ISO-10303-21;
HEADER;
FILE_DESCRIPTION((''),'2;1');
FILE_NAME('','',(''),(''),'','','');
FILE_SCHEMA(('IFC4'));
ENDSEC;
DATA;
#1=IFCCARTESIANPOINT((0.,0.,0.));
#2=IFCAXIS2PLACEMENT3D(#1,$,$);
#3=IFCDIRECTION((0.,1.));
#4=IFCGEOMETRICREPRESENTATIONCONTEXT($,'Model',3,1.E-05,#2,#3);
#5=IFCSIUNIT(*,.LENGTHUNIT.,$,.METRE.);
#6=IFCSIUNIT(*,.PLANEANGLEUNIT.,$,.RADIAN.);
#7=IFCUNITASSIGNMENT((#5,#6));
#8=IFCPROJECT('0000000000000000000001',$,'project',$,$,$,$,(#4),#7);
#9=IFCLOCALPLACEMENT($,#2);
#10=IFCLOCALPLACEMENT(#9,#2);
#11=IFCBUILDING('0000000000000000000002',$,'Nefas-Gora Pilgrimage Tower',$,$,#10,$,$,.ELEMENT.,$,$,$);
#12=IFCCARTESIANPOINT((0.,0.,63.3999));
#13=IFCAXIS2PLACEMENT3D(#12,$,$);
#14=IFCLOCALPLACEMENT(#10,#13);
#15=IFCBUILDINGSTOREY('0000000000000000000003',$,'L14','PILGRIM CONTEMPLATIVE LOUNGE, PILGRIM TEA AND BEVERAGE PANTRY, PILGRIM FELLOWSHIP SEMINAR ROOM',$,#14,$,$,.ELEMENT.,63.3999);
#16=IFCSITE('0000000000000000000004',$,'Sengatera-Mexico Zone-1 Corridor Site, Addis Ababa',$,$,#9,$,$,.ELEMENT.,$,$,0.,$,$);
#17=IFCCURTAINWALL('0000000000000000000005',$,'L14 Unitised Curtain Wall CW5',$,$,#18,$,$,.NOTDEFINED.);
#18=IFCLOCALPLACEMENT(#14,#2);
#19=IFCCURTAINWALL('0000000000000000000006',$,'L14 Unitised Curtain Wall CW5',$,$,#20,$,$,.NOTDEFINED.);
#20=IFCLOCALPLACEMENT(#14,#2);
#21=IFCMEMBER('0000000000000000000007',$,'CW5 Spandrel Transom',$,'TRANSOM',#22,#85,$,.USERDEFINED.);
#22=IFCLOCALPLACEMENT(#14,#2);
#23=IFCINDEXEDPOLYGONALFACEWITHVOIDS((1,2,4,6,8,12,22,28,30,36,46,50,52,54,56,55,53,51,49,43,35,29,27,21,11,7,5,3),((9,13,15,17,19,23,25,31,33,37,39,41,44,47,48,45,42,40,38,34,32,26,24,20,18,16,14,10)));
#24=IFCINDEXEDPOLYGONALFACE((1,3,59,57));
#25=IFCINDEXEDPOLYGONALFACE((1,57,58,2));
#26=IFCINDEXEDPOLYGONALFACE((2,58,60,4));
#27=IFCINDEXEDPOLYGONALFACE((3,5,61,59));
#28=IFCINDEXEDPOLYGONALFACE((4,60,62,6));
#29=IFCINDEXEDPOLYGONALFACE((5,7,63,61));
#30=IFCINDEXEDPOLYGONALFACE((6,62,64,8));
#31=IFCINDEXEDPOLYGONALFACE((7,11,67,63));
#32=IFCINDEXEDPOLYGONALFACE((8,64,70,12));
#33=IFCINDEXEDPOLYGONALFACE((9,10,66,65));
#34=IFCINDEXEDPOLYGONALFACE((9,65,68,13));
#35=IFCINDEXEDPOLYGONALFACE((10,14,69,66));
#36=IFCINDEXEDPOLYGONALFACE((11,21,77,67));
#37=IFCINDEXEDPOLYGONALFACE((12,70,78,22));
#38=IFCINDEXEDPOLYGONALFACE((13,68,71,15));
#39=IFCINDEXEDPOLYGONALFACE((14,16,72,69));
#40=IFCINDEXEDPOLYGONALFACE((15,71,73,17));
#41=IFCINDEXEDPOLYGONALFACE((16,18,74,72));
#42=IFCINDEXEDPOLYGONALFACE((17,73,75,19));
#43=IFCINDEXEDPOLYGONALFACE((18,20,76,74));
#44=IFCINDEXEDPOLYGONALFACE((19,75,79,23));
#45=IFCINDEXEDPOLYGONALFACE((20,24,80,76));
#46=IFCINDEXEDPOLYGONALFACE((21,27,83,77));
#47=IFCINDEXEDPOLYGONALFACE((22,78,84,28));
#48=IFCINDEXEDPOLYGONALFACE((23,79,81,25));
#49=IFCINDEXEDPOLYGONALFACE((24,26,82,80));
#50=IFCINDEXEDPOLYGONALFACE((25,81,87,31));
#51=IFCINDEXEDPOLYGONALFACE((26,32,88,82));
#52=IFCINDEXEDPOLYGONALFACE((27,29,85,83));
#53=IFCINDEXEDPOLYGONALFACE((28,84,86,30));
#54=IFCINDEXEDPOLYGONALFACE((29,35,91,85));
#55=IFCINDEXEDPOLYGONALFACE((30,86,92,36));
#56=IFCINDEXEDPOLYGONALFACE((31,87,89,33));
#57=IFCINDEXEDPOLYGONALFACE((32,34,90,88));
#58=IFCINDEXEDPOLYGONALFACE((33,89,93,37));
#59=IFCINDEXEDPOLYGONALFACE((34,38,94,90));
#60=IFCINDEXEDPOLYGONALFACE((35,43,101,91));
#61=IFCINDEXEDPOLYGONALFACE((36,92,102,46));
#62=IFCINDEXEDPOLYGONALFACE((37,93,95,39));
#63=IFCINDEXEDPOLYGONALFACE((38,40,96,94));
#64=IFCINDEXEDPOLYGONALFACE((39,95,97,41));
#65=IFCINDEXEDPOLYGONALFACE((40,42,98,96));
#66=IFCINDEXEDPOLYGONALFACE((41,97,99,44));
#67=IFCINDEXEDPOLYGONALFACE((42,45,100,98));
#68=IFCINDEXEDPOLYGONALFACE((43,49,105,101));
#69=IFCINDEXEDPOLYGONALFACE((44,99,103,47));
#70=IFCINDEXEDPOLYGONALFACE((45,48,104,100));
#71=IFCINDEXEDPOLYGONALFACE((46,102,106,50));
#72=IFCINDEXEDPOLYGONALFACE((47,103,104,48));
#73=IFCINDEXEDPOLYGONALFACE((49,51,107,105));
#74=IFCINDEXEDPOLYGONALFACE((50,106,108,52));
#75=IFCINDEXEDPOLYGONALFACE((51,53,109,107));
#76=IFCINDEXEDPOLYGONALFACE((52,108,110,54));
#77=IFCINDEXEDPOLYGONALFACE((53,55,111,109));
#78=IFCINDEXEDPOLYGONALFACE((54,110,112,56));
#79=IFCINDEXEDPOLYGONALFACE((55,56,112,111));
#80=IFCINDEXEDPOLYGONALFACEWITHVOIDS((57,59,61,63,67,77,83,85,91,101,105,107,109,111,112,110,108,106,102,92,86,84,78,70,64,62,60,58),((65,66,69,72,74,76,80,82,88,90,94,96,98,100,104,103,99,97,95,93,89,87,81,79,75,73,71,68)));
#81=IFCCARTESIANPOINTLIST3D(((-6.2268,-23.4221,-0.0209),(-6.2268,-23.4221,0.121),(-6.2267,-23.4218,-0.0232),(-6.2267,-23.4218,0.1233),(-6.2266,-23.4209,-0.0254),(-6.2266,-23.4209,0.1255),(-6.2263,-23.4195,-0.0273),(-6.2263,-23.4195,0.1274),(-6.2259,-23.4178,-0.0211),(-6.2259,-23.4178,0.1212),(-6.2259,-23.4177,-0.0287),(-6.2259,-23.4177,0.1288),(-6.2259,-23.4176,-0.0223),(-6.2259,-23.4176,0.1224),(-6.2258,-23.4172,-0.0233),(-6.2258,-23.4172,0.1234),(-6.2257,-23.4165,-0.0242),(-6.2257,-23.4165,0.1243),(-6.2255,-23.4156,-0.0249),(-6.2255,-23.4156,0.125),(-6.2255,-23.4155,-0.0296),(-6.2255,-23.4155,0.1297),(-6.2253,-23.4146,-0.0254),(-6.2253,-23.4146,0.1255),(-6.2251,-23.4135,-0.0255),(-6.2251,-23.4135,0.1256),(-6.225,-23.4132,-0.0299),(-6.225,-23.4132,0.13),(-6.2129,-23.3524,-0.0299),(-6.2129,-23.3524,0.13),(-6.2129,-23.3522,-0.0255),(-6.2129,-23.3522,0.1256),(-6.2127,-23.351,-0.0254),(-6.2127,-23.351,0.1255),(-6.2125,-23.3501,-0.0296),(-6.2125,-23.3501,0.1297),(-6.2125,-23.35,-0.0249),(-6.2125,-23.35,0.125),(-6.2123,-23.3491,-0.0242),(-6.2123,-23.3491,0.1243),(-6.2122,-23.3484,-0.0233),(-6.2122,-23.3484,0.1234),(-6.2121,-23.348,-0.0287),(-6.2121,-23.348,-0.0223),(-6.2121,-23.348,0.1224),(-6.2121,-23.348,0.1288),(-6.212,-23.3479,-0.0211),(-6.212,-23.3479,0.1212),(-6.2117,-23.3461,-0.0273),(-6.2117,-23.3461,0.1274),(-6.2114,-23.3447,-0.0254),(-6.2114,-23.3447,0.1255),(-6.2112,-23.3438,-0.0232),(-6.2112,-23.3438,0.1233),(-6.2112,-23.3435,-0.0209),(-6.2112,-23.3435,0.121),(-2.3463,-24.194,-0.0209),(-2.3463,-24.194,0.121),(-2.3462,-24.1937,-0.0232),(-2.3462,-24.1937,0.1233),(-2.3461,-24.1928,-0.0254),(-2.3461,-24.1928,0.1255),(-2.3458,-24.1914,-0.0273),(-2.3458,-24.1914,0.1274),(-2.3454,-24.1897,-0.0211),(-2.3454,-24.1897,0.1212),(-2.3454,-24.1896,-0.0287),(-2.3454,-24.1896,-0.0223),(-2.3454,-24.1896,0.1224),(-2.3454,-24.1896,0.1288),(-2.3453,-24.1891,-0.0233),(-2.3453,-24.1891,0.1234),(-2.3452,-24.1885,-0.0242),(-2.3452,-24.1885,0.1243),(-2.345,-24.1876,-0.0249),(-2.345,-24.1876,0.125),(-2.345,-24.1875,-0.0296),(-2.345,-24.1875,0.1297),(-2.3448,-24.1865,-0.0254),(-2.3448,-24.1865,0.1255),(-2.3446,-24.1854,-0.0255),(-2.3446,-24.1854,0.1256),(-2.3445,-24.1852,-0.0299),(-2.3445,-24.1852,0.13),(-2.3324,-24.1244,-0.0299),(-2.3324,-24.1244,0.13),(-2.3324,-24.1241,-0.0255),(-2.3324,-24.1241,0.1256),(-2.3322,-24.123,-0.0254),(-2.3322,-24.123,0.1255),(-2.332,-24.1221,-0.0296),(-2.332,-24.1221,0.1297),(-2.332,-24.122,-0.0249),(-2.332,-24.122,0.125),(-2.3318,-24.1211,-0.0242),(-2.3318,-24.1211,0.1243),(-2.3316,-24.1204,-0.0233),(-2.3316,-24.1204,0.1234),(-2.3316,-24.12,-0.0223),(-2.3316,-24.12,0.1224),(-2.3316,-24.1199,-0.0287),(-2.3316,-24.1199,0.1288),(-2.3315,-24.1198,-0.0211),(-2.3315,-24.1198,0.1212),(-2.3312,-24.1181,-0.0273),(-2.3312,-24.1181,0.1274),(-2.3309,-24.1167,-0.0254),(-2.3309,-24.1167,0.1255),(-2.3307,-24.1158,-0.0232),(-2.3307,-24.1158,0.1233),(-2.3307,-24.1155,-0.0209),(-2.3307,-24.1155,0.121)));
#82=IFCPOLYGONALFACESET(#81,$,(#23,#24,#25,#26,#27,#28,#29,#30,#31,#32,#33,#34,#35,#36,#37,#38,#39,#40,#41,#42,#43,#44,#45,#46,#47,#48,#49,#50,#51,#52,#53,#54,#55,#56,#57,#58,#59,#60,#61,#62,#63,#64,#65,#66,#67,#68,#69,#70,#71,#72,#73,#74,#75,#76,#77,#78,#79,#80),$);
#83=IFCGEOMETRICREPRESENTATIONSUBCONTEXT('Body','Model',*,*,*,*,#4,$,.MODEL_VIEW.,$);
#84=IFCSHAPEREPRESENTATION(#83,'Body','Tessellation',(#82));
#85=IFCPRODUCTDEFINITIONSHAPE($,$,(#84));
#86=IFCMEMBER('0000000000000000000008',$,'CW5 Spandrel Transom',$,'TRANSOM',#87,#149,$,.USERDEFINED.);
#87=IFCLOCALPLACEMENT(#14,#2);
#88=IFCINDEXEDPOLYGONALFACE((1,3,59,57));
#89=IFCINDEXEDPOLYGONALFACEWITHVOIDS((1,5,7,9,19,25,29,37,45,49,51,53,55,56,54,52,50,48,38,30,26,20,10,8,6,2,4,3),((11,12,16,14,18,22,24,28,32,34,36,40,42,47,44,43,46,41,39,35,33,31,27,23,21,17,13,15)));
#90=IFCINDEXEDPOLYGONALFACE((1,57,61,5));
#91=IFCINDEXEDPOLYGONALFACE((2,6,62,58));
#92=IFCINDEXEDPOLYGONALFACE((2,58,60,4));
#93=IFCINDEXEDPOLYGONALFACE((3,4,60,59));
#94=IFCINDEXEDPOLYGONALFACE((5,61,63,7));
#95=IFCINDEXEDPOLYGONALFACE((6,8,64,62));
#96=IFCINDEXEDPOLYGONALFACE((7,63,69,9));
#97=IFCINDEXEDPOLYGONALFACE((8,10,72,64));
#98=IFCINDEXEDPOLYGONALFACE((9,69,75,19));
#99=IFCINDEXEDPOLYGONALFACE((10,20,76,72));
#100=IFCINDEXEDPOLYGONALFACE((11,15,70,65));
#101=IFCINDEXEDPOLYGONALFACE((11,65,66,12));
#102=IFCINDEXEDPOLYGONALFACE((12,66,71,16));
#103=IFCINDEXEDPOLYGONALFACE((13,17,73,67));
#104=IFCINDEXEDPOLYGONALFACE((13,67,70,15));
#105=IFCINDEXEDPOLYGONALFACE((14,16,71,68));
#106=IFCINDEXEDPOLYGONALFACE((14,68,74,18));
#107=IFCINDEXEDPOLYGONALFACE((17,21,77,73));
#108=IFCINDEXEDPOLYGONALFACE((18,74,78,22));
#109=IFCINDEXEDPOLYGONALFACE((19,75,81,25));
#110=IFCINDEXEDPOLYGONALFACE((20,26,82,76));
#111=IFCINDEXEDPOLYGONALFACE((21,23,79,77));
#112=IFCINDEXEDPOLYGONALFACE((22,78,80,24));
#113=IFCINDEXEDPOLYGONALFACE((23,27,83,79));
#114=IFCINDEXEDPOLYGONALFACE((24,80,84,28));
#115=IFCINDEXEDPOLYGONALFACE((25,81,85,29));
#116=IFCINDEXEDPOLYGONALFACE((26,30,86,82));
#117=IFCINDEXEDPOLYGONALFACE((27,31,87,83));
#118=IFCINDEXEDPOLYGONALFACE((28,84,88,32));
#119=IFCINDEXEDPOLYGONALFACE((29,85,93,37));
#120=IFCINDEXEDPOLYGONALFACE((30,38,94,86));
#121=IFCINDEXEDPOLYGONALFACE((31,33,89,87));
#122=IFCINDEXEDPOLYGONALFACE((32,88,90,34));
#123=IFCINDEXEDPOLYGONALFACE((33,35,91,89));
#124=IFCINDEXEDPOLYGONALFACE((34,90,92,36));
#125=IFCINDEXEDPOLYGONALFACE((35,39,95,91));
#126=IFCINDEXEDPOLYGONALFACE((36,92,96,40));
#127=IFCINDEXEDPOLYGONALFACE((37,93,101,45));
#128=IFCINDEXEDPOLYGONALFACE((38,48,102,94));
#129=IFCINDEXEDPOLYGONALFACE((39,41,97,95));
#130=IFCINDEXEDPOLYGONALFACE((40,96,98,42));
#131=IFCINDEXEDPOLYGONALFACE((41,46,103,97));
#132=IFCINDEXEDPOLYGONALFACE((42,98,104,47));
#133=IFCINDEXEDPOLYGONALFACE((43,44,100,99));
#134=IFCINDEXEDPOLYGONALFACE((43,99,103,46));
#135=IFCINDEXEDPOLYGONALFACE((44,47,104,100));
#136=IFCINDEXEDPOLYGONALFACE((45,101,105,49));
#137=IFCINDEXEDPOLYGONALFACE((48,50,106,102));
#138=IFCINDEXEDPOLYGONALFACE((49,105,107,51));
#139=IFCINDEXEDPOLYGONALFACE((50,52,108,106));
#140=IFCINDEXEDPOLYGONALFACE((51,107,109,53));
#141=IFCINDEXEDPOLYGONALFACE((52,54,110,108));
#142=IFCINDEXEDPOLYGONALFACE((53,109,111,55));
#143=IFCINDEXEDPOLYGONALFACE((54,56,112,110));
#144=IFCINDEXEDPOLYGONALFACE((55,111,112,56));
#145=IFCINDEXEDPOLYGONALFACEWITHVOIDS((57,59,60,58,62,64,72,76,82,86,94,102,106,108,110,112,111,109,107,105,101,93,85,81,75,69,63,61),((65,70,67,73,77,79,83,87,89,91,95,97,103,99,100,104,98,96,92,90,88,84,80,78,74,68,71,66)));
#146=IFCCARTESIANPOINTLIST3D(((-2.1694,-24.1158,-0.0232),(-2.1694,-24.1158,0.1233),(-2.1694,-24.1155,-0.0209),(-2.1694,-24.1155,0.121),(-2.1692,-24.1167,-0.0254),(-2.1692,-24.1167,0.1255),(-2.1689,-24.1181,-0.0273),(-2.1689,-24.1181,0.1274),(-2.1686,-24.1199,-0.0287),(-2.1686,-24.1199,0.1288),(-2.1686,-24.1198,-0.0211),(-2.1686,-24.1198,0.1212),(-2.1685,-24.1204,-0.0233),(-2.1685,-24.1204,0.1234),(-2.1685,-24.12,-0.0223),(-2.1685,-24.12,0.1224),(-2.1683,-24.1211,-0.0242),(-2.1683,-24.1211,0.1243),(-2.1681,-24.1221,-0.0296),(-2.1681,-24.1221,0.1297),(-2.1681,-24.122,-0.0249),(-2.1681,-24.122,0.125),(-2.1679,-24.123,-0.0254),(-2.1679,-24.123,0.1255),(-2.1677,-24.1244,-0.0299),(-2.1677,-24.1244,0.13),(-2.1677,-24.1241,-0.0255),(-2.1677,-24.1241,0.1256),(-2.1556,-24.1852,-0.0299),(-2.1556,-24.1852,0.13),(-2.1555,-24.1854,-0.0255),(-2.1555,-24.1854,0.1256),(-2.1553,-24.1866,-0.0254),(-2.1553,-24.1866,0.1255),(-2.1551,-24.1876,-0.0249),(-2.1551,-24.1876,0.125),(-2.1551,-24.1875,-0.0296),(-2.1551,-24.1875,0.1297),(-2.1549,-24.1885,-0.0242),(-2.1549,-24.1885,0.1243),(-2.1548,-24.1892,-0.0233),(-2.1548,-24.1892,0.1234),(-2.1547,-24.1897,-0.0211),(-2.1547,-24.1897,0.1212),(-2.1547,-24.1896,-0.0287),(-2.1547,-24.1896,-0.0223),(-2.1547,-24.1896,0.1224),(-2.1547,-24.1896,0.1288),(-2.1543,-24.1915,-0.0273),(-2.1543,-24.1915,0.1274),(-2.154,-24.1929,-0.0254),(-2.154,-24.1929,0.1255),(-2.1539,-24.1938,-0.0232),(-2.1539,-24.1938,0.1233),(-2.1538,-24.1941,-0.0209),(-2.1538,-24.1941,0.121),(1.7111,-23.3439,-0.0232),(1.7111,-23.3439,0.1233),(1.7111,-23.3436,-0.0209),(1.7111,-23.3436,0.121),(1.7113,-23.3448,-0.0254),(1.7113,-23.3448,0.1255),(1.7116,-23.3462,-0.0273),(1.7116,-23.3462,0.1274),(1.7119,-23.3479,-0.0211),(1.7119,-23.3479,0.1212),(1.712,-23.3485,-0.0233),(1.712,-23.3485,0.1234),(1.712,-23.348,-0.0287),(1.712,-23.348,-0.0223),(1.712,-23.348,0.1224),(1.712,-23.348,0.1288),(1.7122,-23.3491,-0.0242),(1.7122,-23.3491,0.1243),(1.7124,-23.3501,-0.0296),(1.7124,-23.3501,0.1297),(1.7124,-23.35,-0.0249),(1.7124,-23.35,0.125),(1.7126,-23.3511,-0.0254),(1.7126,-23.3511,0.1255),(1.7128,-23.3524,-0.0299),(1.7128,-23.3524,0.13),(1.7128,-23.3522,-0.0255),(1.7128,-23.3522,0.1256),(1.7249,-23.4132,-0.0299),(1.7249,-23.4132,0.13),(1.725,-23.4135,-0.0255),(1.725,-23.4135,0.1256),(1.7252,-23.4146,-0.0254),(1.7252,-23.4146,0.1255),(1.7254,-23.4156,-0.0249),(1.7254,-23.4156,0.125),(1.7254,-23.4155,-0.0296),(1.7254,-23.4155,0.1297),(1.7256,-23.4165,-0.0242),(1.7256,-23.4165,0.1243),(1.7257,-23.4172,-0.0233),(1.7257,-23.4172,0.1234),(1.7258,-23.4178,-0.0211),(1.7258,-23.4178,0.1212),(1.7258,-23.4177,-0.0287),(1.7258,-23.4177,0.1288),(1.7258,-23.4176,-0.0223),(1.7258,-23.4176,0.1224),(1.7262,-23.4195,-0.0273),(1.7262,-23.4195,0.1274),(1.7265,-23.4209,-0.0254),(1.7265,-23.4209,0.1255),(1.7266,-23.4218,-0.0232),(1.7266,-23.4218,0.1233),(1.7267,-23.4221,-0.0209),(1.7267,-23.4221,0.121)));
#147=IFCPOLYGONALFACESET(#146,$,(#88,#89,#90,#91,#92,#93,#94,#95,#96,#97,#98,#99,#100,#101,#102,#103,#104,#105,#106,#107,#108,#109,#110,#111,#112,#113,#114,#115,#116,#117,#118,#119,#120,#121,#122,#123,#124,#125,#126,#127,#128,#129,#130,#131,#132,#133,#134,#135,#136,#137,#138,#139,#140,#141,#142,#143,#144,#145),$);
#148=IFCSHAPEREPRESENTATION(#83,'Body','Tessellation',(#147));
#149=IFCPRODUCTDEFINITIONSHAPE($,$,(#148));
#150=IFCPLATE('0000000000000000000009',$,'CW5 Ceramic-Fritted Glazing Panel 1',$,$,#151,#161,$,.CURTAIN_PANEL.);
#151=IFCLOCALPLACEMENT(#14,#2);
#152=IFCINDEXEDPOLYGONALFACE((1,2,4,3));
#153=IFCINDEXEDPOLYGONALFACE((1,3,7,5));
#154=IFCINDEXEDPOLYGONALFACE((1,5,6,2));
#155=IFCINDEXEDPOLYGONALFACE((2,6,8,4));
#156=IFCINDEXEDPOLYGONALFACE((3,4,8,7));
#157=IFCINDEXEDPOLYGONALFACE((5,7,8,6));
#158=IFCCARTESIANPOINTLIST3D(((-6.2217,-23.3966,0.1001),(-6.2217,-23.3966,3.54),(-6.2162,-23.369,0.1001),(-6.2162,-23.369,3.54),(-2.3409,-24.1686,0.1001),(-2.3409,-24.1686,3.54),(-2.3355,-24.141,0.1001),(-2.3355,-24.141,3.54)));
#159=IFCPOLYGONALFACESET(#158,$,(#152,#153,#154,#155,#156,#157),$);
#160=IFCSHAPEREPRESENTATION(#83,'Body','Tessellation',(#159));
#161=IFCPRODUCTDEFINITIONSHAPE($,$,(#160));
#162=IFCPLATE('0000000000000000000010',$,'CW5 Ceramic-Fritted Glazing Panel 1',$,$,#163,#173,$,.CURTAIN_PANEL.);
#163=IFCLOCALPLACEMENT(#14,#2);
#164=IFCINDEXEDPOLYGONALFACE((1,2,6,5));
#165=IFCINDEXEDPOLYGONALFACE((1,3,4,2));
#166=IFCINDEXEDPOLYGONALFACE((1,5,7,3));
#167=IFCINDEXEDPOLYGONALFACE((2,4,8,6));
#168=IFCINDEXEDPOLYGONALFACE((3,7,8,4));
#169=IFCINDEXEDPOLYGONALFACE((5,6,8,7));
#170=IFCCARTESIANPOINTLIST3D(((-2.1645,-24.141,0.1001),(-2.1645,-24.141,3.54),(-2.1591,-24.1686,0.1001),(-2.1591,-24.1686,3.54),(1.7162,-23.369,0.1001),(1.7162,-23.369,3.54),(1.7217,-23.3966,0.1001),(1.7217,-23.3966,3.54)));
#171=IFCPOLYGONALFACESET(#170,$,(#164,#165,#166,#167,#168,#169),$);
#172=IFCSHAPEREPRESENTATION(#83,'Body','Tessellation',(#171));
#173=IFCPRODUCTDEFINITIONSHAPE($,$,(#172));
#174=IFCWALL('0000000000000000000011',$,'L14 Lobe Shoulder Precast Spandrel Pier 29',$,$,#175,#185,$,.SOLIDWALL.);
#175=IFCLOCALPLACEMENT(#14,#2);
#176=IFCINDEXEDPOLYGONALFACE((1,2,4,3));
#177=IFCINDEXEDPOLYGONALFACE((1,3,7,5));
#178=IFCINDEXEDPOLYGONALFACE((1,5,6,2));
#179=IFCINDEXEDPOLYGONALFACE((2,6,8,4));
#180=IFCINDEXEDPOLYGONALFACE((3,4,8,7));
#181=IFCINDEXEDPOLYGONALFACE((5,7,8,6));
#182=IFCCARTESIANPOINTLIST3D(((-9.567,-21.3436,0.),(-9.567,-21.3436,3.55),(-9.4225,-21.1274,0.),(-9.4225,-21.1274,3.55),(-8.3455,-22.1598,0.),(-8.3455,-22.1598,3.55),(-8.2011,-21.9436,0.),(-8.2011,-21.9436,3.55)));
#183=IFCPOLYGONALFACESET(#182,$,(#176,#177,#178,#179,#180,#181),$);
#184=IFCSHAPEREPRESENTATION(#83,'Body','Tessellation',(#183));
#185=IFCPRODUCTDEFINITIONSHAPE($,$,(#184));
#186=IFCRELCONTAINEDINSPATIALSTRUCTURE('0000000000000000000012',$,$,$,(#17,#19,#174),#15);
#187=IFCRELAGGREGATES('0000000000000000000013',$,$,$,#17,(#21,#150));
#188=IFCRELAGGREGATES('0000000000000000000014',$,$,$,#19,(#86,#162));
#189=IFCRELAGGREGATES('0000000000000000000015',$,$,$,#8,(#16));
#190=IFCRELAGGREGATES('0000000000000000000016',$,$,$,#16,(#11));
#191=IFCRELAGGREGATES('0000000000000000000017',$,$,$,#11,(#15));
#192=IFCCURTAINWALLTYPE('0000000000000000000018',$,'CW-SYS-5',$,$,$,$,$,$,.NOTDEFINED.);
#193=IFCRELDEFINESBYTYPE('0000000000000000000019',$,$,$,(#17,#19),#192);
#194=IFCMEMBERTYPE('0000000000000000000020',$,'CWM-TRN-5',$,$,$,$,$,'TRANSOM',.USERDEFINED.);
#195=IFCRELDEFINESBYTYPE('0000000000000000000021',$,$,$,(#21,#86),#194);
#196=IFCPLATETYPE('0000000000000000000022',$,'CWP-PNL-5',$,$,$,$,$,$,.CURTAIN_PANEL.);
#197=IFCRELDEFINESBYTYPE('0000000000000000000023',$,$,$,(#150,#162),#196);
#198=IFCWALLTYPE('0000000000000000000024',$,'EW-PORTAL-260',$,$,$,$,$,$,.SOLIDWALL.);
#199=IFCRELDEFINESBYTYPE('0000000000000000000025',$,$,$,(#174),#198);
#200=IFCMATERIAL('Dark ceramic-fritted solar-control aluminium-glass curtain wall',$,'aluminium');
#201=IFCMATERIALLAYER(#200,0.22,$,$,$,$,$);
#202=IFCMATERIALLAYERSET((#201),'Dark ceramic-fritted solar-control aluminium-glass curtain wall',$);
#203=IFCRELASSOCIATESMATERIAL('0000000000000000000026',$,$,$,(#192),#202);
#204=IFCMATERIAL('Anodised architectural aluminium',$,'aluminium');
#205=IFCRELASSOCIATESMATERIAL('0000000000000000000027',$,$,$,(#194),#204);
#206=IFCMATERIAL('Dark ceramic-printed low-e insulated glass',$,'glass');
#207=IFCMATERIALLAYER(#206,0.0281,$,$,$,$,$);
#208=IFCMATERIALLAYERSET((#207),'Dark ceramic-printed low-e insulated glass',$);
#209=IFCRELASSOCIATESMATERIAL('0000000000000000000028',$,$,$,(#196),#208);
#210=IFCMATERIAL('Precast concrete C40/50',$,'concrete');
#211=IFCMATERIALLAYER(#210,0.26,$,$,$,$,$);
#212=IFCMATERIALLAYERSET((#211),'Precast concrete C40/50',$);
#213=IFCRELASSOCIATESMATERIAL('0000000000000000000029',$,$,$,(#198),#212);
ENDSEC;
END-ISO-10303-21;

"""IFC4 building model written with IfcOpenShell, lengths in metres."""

from ifc_helpers import new_model, si_unit, direction, frame, frame_2d, origin, origin_2d, place, context, subcontext, project, spatial, rectangle, hollow_rectangle, extrude, source, transform, mapped, material, layer, layer_set, material_profile, profile_set, type_object, element, aggregate, save


model = new_model("IFC4")

# Units and contexts
model_context = context("Model", 3, precision=1e-05, world=origin(), true_north=direction((0.0, 1.0)))
body_context = subcontext(model_context, "Body", "Model", "MODEL_VIEW")
ifc_project = project(units=[si_unit("LENGTHUNIT", "METRE"), si_unit("PLANEANGLEUNIT", "RADIAN")], contexts=[model_context])

# Site, building, storey
site_placement = place(None, origin())
site = spatial("IfcSite", under=ifc_project, at=site_placement, Name="Sengatera-Mexico Zone-1 Corridor Site, Addis Ababa", CompositionType="ELEMENT", RefElevation=0.0)
building_placement = place(site_placement, origin())
building = spatial("IfcBuilding", under=site, at=building_placement, Name="Nefas-Gora Pilgrimage Tower", CompositionType="ELEMENT")
storey_placement = place(building_placement, frame((0.0, 0.0, 63.3999)))
storey = spatial("IfcBuildingStorey", under=building, at=storey_placement, Name="L14", Description="PILGRIM CONTEMPLATIVE LOUNGE, PILGRIM TEA AND BEVERAGE PANTRY, PILGRIM FELLOWSHIP SEMINAR ROOM", CompositionType="ELEMENT", Elevation=63.3999)

# Shared definitions
ifc_material_1 = material(Name="Dark ceramic-fritted solar-control aluminium-glass curtain wall", Category="aluminium")
ifc_layer_1 = layer(ifc_material_1, 0.22)
ifc_layer_set_1 = layer_set([ifc_layer_1], Name="Dark ceramic-fritted solar-control aluminium-glass curtain wall")
curtain_wall_type = type_object("IfcCurtainWallType", Name="CW-SYS-5", PredefinedType="NOTDEFINED", material=ifc_layer_set_1)
ifc_material_2 = material(Name="Anodised architectural aluminium", Category="aluminium")

# Curtain wall
curtain_wall_1_placement = place(storey_placement, origin())
curtain_wall_1 = element("IfcCurtainWall", 1, at=curtain_wall_1_placement, inside=storey, type_object=curtain_wall_type, Name="L14 Unitised Curtain Wall CW5", PredefinedType="NOTDEFINED")

# Curtain wall
curtain_wall_2_placement = place(storey_placement, origin())
curtain_wall_2 = element("IfcCurtainWall", 2, at=curtain_wall_2_placement, inside=storey, type_object=curtain_wall_type, Name="L14 Unitised Curtain Wall CW5", PredefinedType="NOTDEFINED")

# Members
ifc_material_profile_1 = material_profile(ifc_material_2, hollow_rectangle(XDim=0.0801, YDim=0.1599, WallThickness=0.0044, InnerFilletRadius=0.0044, OuterFilletRadius=0.009, at=origin_2d()), Name="ALU TRANSOM 80x160")
ifc_profile_set_1 = profile_set([ifc_material_profile_1], Name="Anodised architectural aluminium")
member_type_1 = type_object("IfcMemberType", Name="CWM-TRN-5", ElementType="TRANSOM", PredefinedType="USERDEFINED", material=ifc_profile_set_1)
shared_shape_1 = source(origin(), body_context, "Body", "SweptSolid", [
    extrude(hollow_rectangle(XDim=0.0801, YDim=0.1599, WallThickness=0.0044, InnerFilletRadius=0.0044, OuterFilletRadius=0.009, at=origin_2d()), origin(), (0.0, 0.0, 1.0), 3.9565),
])
member_1_placement = place(storey_placement, frame((-6.219, -23.3828, 0.05), z_axis=(0.980782, -0.195107, 0.0), x_axis=(0.195107, 0.980782, 0.0)))
member_1 = element("IfcMember", 3, at=member_1_placement, type_object=member_type_1, Name="CW5 Spandrel Transom", ObjectType="TRANSOM", PredefinedType="USERDEFINED", context=body_context, shape_type="MappedRepresentation", body=[
    mapped(shared_shape_1, transform((0.0, 0.0, 0.0), x_axis=(1.0, 0.0, 0.0), y_axis=(0.0, 1.0, 0.0), z_axis=(0.0, 0.0, 1.0), scale=1.0)),
])
member_2_placement = place(storey_placement, frame((-2.1616, -24.1548, 0.05), z_axis=(0.980782, 0.195107, 0.0), x_axis=(-0.195107, 0.980782, 0.0)))
member_2 = element("IfcMember", 4, at=member_2_placement, type_object=member_type_1, Name="CW5 Spandrel Transom", ObjectType="TRANSOM", PredefinedType="USERDEFINED", context=body_context, shape_type="MappedRepresentation", body=[
    mapped(shared_shape_1, transform((0.0, 0.0, 0.0), x_axis=(1.0, 0.0, 0.0), y_axis=(0.0, 1.0, 0.0), z_axis=(0.0, 0.0, 1.0), scale=1.0)),
])

# Plates
ifc_material_3 = material(Name="Dark ceramic-printed low-e insulated glass", Category="glass")
ifc_layer_2 = layer(ifc_material_3, 0.0281)
ifc_layer_set_2 = layer_set([ifc_layer_2], Name="Dark ceramic-printed low-e insulated glass")
plate_type = type_object("IfcPlateType", Name="CWP-PNL-5", PredefinedType="CURTAIN_PANEL", material=ifc_layer_set_2)
shared_shape_2 = source(origin(), body_context, "Body", "SweptSolid", [
    extrude(rectangle(XDim=3.9568, YDim=0.0281, at=origin_2d()), origin(), (0.0, 0.0, 1.0), 3.4399),
])
plate_1_placement = place(storey_placement, frame((-4.2786, -23.7688, 0.1001), z_axis=(0.0, 0.0, 1.0), x_axis=(0.980783, -0.195102, 0.0)))
plate_1 = element("IfcPlate", 5, at=plate_1_placement, type_object=plate_type, Name="CW5 Ceramic-Fritted Glazing Panel 1", PredefinedType="CURTAIN_PANEL", context=body_context, shape_type="MappedRepresentation", body=[
    mapped(shared_shape_2, transform((0.0, 0.0, 0.0), x_axis=(1.0, 0.0, 0.0), y_axis=(0.0, 1.0, 0.0), z_axis=(0.0, 0.0, 1.0), scale=1.0)),
])
aggregate(curtain_wall_1, [member_1, plate_1])
plate_2_placement = place(storey_placement, frame((-0.2214, -23.7688, 0.1001), z_axis=(0.0, 0.0, 1.0), x_axis=(0.980783, 0.195102, 0.0)))
plate_2 = element("IfcPlate", 6, at=plate_2_placement, type_object=plate_type, Name="CW5 Ceramic-Fritted Glazing Panel 1", PredefinedType="CURTAIN_PANEL", context=body_context, shape_type="MappedRepresentation", body=[
    mapped(shared_shape_2, transform((0.0, 0.0, 0.0), x_axis=(1.0, 0.0, 0.0), y_axis=(0.0, 1.0, 0.0), z_axis=(0.0, 0.0, 1.0), scale=1.0)),
])
aggregate(curtain_wall_2, [member_2, plate_2])

# Wall
ifc_material_4 = material(Name="Precast concrete C40/50", Category="concrete")
ifc_layer_3 = layer(ifc_material_4, 0.26)
ifc_layer_set_3 = layer_set([ifc_layer_3], Name="Precast concrete C40/50")
wall_type_1 = type_object("IfcWallType", Name="EW-PORTAL-260", PredefinedType="SOLIDWALL", material=ifc_layer_set_3)
shared_shape_3 = source(origin(), body_context, "Body", "SweptSolid", [
    extrude(rectangle(XDim=1.469, YDim=0.26, at=frame_2d((0.7344, 0.0))), origin(), (0.0, 0.0, 1.0), 3.55),
])
wall_1_placement = place(storey_placement, frame((-9.4946, -21.2356, 0.0), z_axis=(0.0, 0.0, 1.0), x_axis=(0.831462, -0.555582, 0.0)))
element("IfcWall", 7, at=wall_1_placement, inside=storey, type_object=wall_type_1, Name="L14 Lobe Shoulder Precast Spandrel Pier 29", PredefinedType="SOLIDWALL", context=body_context, shape_type="MappedRepresentation", body=[
    mapped(shared_shape_3, transform((0.0, 0.0, 0.0), x_axis=(1.0, 0.0, 0.0), y_axis=(0.0, 1.0, 0.0), z_axis=(0.0, 0.0, 1.0), scale=1.0)),
])

save(model, "model.ifc")
